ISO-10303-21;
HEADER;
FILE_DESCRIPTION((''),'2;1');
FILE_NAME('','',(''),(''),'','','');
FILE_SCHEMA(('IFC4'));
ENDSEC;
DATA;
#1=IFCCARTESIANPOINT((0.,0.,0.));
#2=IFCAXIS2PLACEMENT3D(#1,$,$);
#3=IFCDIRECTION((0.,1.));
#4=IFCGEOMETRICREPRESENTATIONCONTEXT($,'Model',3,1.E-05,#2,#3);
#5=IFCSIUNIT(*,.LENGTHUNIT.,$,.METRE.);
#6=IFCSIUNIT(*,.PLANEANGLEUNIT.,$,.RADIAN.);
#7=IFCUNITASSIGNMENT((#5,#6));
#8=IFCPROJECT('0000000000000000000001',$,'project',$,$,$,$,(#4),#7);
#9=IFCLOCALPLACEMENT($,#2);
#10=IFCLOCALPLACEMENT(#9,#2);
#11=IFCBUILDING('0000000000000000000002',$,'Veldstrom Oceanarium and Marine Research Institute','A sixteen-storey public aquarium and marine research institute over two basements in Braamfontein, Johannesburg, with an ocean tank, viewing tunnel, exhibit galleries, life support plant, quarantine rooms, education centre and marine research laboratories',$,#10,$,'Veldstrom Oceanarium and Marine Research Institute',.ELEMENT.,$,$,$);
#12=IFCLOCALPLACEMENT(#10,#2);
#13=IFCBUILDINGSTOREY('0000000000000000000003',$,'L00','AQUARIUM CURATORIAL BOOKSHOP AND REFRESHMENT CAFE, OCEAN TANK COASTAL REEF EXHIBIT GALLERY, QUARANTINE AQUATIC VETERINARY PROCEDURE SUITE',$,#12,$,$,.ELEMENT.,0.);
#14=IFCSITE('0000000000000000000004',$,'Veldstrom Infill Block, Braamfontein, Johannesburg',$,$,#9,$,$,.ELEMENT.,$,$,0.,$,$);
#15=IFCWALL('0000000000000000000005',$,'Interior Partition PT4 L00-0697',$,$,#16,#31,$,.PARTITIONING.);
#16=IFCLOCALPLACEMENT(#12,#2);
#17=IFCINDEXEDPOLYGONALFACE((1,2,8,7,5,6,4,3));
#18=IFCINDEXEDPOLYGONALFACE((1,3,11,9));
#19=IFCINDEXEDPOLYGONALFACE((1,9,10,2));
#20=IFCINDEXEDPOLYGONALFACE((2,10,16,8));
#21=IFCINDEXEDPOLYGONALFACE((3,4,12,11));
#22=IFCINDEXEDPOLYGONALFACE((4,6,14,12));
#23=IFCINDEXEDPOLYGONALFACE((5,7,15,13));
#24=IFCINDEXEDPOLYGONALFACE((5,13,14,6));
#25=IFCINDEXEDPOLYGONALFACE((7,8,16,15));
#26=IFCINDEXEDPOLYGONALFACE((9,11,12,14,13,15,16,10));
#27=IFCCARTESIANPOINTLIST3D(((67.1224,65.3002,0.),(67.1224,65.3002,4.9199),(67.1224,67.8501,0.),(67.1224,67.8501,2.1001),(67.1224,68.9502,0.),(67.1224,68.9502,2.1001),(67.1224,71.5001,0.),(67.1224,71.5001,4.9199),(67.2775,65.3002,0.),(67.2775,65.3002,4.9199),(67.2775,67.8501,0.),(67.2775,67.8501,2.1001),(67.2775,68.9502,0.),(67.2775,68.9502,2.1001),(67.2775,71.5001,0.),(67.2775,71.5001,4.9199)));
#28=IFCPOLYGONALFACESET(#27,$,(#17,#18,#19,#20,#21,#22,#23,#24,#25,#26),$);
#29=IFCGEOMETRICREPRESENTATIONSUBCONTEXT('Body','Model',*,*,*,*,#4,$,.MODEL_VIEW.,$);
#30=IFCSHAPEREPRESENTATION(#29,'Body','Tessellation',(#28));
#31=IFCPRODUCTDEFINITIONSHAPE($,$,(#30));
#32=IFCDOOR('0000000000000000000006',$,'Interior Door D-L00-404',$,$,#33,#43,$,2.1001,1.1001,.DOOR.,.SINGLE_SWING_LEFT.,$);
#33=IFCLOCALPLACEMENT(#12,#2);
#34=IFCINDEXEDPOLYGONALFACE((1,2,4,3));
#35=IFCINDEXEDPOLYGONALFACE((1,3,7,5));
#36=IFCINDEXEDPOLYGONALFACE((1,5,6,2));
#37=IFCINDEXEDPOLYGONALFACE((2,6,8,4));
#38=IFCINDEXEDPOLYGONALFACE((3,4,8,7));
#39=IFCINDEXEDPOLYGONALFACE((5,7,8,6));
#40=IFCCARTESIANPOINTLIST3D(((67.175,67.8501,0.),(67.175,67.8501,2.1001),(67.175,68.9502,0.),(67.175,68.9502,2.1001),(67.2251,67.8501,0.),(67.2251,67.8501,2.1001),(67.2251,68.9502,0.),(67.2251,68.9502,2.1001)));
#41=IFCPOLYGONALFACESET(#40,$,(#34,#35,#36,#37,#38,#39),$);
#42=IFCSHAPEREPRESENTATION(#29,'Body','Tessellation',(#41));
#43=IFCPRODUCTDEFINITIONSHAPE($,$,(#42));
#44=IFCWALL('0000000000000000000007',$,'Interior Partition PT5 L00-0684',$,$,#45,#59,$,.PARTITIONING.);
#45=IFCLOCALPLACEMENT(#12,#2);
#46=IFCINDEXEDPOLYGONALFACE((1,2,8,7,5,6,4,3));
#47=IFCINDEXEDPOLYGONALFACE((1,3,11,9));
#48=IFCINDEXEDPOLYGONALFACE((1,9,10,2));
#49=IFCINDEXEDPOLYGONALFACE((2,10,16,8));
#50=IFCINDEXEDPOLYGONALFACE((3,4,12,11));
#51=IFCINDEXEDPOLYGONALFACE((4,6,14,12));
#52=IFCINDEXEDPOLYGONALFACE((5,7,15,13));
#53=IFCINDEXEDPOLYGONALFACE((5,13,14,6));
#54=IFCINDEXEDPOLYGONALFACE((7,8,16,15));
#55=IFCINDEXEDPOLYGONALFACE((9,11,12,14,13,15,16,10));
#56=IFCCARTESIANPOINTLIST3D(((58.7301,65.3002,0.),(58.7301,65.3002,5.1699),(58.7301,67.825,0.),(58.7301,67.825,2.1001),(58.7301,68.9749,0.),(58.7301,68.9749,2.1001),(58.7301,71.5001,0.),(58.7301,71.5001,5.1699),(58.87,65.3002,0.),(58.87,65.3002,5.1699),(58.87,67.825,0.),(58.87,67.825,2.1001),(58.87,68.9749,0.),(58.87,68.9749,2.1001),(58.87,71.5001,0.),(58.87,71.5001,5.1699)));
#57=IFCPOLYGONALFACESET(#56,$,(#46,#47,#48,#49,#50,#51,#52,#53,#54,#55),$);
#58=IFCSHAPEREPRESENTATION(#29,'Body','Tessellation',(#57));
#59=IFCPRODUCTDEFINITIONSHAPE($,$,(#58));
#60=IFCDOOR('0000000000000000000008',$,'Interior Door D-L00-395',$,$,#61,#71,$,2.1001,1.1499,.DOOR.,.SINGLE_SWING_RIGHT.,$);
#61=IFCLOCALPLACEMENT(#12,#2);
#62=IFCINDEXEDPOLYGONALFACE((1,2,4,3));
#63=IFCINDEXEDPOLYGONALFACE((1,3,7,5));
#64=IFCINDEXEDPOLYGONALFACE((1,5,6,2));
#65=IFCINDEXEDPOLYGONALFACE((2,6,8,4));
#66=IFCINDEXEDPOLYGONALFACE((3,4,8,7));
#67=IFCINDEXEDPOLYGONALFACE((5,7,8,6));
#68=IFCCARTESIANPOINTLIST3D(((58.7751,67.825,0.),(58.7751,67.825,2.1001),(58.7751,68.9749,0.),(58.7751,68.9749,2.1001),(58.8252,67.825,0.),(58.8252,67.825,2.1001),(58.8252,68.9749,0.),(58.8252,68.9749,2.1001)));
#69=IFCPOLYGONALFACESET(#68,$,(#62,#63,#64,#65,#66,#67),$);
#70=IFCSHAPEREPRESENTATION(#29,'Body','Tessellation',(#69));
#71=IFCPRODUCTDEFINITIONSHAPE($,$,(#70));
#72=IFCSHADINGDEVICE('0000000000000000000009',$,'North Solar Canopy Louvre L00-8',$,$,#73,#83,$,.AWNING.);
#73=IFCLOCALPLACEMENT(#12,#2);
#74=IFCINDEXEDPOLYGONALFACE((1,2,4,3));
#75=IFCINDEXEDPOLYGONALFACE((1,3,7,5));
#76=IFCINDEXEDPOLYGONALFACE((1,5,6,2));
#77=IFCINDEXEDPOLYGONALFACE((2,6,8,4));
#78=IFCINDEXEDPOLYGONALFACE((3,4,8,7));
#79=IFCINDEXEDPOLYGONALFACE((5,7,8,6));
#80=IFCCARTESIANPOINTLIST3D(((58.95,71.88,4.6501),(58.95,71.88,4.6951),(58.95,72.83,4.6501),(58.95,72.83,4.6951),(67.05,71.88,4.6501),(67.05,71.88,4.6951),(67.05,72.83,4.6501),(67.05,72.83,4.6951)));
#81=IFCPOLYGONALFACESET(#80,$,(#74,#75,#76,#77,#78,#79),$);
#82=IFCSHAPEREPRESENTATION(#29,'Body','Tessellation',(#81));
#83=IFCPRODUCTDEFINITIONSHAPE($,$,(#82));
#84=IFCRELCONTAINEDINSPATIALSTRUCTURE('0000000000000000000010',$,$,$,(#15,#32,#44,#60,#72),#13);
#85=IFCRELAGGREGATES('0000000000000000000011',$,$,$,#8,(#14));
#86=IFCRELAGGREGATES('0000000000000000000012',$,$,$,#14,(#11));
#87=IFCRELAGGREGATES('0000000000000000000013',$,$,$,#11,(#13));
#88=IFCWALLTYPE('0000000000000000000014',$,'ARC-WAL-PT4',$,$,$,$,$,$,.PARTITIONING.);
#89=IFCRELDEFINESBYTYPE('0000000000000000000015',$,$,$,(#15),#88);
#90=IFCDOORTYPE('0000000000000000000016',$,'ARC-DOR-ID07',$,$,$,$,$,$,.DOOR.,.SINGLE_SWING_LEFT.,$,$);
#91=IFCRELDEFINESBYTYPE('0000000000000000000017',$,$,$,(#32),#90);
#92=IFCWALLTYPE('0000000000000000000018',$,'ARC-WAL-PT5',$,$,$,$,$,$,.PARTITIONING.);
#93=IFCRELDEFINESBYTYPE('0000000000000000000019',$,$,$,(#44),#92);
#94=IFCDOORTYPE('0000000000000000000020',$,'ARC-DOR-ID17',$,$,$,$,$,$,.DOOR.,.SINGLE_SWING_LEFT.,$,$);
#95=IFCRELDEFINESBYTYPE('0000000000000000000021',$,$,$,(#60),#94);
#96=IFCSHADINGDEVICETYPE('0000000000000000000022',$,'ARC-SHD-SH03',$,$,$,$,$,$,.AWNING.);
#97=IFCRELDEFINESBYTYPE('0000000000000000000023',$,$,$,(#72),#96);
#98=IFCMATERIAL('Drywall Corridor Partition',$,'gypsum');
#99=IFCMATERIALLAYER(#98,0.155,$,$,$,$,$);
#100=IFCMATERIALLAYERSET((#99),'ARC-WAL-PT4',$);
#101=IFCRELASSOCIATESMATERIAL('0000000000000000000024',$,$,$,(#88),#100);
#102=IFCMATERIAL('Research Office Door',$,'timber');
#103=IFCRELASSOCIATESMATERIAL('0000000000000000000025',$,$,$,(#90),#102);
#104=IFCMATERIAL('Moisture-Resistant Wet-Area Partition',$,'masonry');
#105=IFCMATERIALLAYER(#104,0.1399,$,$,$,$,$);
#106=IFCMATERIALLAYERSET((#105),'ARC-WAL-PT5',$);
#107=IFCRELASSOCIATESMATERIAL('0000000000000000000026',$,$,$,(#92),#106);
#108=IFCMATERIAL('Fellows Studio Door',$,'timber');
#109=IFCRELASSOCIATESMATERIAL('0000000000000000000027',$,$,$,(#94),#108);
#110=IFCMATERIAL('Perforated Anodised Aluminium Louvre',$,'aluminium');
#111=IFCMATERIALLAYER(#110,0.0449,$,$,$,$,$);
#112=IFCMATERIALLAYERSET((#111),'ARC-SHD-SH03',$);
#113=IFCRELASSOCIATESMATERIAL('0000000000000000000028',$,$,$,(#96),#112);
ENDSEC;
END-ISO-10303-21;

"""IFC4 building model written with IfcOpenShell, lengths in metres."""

from ifc_helpers import new_model, si_unit, direction, frame, frame_2d, origin, origin_2d, place, context, subcontext, project, spatial, rectangle, extrude, material, layer, layer_set, type_object, element, fill, save


model = new_model("IFC4")

# Units and contexts
model_context = context("Model", 3, precision=1e-05, world=origin(), true_north=direction((0.0, 1.0)))
body_context = subcontext(model_context, "Body", "Model", "MODEL_VIEW")
ifc_project = project(units=[si_unit("LENGTHUNIT", "METRE"), si_unit("PLANEANGLEUNIT", "RADIAN")], contexts=[model_context])

# Site, building, storey
site_placement = place(None, origin())
site = spatial("IfcSite", under=ifc_project, at=site_placement, Name="Veldstrom Infill Block, Braamfontein, Johannesburg", CompositionType="ELEMENT", RefElevation=0.0)
building_placement = place(site_placement, origin())
building = spatial("IfcBuilding", under=site, at=building_placement, Name="Veldstrom Oceanarium and Marine Research Institute", Description="A sixteen-storey public aquarium and marine research institute over two basements in Braamfontein, Johannesburg, with an ocean tank, viewing tunnel, exhibit galleries, life support plant, quarantine rooms, education centre and marine research laboratories", LongName="Veldstrom Oceanarium and Marine Research Institute", CompositionType="ELEMENT")
storey_placement = place(building_placement, origin())
storey = spatial("IfcBuildingStorey", under=building, at=storey_placement, Name="L00", Description="AQUARIUM CURATORIAL BOOKSHOP AND REFRESHMENT CAFE, OCEAN TANK COASTAL REEF EXHIBIT GALLERY, QUARANTINE AQUATIC VETERINARY PROCEDURE SUITE", CompositionType="ELEMENT", Elevation=0.0)

# Walls, openings, doors
ifc_material_1 = material(Name="Drywall Corridor Partition", Category="gypsum")
ifc_layer_1 = layer(ifc_material_1, 0.155)
ifc_layer_set_1 = layer_set([ifc_layer_1], Name="ARC-WAL-PT4")
wall_type_1 = type_object("IfcWallType", Name="ARC-WAL-PT4", PredefinedType="PARTITIONING", material=ifc_layer_set_1)
wall_1_placement = place(storey_placement, frame((67.2, 65.3, 0.0), z_axis=(0.0, 0.0, 1.0), x_axis=(0.0, 1.0, 0.0)))
wall_1 = element("IfcWall", 1, at=wall_1_placement, inside=storey, type_object=wall_type_1, Name="Interior Partition PT4 L00-0697", PredefinedType="PARTITIONING", context=body_context, shape_type="SweptSolid", body=[
    extrude(rectangle(XDim=6.2, YDim=0.155, at=frame_2d((3.1001, 0.0))), origin(), (0.0, 0.0, 1.0), 4.9199),
])
opening_1_placement = place(wall_1_placement, frame((2.55, 0.0, 0.0)))
opening_1 = element("IfcOpeningElement", 2, at=opening_1_placement, cuts=wall_1, PredefinedType="OPENING", context=body_context, shape_type="SweptSolid", body=[
    extrude(rectangle(XDim=1.1001, YDim=2.1001, at=frame_2d((0.55, 1.05))), frame((0.0, 0.0874, 0.0), z_axis=(0.0, -1.0, 0.0), x_axis=(1.0, 0.0, 0.0)), (0.0, 0.0, 1.0), 0.175),
])
ifc_material_2 = material(Name="Research Office Door", Category="timber")
door_type_1 = type_object("IfcDoorType", Name="ARC-DOR-ID07", OperationType="SINGLE_SWING_LEFT", PredefinedType="DOOR", material=ifc_material_2)
door_1_placement = place(opening_1_placement, origin())
door_1 = element("IfcDoor", 3, at=door_1_placement, inside=storey, type_object=door_type_1, Name="Interior Door D-L00-404", OperationType="SINGLE_SWING_LEFT", OverallHeight=2.1001, OverallWidth=1.1001, PredefinedType="DOOR", context=body_context, shape_type="SweptSolid", body=[
    extrude(rectangle(XDim=1.1001, YDim=2.1001, at=frame_2d((0.55, 1.05))), frame((0.0, 0.0249, 0.0), z_axis=(0.0, -1.0, 0.0), x_axis=(1.0, 0.0, 0.0)), (0.0, 0.0, 1.0), 0.05),
])
fill(opening_1, door_1)
ifc_material_3 = material(Name="Moisture-Resistant Wet-Area Partition", Category="masonry")
ifc_layer_2 = layer(ifc_material_3, 0.1399)
ifc_layer_set_2 = layer_set([ifc_layer_2], Name="ARC-WAL-PT5")
wall_type_2 = type_object("IfcWallType", Name="ARC-WAL-PT5", PredefinedType="PARTITIONING", material=ifc_layer_set_2)
wall_2_placement = place(storey_placement, frame((58.8, 65.3, 0.0), z_axis=(0.0, 0.0, 1.0), x_axis=(0.0, 1.0, 0.0)))
wall_2 = element("IfcWall", 4, at=wall_2_placement, inside=storey, type_object=wall_type_2, Name="Interior Partition PT5 L00-0684", PredefinedType="PARTITIONING", context=body_context, shape_type="SweptSolid", body=[
    extrude(rectangle(XDim=6.2, YDim=0.1399, at=frame_2d((3.1001, 0.0))), origin(), (0.0, 0.0, 1.0), 5.1699),
])
opening_2_placement = place(wall_2_placement, frame((2.5249, 0.0, 0.0)))
opening_2 = element("IfcOpeningElement", 5, at=opening_2_placement, cuts=wall_2, PredefinedType="OPENING", context=body_context, shape_type="SweptSolid", body=[
    extrude(rectangle(XDim=1.1499, YDim=2.1001, at=frame_2d((0.575, 1.05))), frame((0.0, 0.0798, 0.0), z_axis=(0.0, -1.0, 0.0), x_axis=(1.0, 0.0, 0.0)), (0.0, 0.0, 1.0), 0.1599),
])
ifc_material_4 = material(Name="Fellows Studio Door", Category="timber")
door_type_2 = type_object("IfcDoorType", Name="ARC-DOR-ID17", OperationType="SINGLE_SWING_LEFT", PredefinedType="DOOR", material=ifc_material_4)
door_2_placement = place(opening_2_placement, origin())
door_2 = element("IfcDoor", 6, at=door_2_placement, inside=storey, type_object=door_type_2, Name="Interior Door D-L00-395", OperationType="SINGLE_SWING_RIGHT", OverallHeight=2.1001, OverallWidth=1.1499, PredefinedType="DOOR", context=body_context, shape_type="SweptSolid", body=[
    extrude(rectangle(XDim=1.1499, YDim=2.1001, at=frame_2d((0.575, 1.05))), frame((0.0, 0.0249, 0.0), z_axis=(0.0, -1.0, 0.0), x_axis=(1.0, 0.0, 0.0)), (0.0, 0.0, 1.0), 0.05),
])
fill(opening_2, door_2)

# Shading device
ifc_material_5 = material(Name="Perforated Anodised Aluminium Louvre", Category="aluminium")
ifc_layer_3 = layer(ifc_material_5, 0.0449)
ifc_layer_set_3 = layer_set([ifc_layer_3], Name="ARC-SHD-SH03")
shading_device_type = type_object("IfcShadingDeviceType", Name="ARC-SHD-SH03", PredefinedType="AWNING", material=ifc_layer_set_3)
shading_device_placement = place(storey_placement, frame((63.0, 72.355, 4.6501), z_axis=(0.0, 0.0, 1.0), x_axis=(1.0, 0.0, 0.0)))
element("IfcShadingDevice", 7, at=shading_device_placement, inside=storey, type_object=shading_device_type, Name="North Solar Canopy Louvre L00-8", PredefinedType="AWNING", context=body_context, shape_type="SweptSolid", body=[
    extrude(rectangle(XDim=8.1001, YDim=0.95, at=origin_2d()), origin(), (0.0, 0.0, 1.0), 0.0449),
])

save(model, "model.ifc")
